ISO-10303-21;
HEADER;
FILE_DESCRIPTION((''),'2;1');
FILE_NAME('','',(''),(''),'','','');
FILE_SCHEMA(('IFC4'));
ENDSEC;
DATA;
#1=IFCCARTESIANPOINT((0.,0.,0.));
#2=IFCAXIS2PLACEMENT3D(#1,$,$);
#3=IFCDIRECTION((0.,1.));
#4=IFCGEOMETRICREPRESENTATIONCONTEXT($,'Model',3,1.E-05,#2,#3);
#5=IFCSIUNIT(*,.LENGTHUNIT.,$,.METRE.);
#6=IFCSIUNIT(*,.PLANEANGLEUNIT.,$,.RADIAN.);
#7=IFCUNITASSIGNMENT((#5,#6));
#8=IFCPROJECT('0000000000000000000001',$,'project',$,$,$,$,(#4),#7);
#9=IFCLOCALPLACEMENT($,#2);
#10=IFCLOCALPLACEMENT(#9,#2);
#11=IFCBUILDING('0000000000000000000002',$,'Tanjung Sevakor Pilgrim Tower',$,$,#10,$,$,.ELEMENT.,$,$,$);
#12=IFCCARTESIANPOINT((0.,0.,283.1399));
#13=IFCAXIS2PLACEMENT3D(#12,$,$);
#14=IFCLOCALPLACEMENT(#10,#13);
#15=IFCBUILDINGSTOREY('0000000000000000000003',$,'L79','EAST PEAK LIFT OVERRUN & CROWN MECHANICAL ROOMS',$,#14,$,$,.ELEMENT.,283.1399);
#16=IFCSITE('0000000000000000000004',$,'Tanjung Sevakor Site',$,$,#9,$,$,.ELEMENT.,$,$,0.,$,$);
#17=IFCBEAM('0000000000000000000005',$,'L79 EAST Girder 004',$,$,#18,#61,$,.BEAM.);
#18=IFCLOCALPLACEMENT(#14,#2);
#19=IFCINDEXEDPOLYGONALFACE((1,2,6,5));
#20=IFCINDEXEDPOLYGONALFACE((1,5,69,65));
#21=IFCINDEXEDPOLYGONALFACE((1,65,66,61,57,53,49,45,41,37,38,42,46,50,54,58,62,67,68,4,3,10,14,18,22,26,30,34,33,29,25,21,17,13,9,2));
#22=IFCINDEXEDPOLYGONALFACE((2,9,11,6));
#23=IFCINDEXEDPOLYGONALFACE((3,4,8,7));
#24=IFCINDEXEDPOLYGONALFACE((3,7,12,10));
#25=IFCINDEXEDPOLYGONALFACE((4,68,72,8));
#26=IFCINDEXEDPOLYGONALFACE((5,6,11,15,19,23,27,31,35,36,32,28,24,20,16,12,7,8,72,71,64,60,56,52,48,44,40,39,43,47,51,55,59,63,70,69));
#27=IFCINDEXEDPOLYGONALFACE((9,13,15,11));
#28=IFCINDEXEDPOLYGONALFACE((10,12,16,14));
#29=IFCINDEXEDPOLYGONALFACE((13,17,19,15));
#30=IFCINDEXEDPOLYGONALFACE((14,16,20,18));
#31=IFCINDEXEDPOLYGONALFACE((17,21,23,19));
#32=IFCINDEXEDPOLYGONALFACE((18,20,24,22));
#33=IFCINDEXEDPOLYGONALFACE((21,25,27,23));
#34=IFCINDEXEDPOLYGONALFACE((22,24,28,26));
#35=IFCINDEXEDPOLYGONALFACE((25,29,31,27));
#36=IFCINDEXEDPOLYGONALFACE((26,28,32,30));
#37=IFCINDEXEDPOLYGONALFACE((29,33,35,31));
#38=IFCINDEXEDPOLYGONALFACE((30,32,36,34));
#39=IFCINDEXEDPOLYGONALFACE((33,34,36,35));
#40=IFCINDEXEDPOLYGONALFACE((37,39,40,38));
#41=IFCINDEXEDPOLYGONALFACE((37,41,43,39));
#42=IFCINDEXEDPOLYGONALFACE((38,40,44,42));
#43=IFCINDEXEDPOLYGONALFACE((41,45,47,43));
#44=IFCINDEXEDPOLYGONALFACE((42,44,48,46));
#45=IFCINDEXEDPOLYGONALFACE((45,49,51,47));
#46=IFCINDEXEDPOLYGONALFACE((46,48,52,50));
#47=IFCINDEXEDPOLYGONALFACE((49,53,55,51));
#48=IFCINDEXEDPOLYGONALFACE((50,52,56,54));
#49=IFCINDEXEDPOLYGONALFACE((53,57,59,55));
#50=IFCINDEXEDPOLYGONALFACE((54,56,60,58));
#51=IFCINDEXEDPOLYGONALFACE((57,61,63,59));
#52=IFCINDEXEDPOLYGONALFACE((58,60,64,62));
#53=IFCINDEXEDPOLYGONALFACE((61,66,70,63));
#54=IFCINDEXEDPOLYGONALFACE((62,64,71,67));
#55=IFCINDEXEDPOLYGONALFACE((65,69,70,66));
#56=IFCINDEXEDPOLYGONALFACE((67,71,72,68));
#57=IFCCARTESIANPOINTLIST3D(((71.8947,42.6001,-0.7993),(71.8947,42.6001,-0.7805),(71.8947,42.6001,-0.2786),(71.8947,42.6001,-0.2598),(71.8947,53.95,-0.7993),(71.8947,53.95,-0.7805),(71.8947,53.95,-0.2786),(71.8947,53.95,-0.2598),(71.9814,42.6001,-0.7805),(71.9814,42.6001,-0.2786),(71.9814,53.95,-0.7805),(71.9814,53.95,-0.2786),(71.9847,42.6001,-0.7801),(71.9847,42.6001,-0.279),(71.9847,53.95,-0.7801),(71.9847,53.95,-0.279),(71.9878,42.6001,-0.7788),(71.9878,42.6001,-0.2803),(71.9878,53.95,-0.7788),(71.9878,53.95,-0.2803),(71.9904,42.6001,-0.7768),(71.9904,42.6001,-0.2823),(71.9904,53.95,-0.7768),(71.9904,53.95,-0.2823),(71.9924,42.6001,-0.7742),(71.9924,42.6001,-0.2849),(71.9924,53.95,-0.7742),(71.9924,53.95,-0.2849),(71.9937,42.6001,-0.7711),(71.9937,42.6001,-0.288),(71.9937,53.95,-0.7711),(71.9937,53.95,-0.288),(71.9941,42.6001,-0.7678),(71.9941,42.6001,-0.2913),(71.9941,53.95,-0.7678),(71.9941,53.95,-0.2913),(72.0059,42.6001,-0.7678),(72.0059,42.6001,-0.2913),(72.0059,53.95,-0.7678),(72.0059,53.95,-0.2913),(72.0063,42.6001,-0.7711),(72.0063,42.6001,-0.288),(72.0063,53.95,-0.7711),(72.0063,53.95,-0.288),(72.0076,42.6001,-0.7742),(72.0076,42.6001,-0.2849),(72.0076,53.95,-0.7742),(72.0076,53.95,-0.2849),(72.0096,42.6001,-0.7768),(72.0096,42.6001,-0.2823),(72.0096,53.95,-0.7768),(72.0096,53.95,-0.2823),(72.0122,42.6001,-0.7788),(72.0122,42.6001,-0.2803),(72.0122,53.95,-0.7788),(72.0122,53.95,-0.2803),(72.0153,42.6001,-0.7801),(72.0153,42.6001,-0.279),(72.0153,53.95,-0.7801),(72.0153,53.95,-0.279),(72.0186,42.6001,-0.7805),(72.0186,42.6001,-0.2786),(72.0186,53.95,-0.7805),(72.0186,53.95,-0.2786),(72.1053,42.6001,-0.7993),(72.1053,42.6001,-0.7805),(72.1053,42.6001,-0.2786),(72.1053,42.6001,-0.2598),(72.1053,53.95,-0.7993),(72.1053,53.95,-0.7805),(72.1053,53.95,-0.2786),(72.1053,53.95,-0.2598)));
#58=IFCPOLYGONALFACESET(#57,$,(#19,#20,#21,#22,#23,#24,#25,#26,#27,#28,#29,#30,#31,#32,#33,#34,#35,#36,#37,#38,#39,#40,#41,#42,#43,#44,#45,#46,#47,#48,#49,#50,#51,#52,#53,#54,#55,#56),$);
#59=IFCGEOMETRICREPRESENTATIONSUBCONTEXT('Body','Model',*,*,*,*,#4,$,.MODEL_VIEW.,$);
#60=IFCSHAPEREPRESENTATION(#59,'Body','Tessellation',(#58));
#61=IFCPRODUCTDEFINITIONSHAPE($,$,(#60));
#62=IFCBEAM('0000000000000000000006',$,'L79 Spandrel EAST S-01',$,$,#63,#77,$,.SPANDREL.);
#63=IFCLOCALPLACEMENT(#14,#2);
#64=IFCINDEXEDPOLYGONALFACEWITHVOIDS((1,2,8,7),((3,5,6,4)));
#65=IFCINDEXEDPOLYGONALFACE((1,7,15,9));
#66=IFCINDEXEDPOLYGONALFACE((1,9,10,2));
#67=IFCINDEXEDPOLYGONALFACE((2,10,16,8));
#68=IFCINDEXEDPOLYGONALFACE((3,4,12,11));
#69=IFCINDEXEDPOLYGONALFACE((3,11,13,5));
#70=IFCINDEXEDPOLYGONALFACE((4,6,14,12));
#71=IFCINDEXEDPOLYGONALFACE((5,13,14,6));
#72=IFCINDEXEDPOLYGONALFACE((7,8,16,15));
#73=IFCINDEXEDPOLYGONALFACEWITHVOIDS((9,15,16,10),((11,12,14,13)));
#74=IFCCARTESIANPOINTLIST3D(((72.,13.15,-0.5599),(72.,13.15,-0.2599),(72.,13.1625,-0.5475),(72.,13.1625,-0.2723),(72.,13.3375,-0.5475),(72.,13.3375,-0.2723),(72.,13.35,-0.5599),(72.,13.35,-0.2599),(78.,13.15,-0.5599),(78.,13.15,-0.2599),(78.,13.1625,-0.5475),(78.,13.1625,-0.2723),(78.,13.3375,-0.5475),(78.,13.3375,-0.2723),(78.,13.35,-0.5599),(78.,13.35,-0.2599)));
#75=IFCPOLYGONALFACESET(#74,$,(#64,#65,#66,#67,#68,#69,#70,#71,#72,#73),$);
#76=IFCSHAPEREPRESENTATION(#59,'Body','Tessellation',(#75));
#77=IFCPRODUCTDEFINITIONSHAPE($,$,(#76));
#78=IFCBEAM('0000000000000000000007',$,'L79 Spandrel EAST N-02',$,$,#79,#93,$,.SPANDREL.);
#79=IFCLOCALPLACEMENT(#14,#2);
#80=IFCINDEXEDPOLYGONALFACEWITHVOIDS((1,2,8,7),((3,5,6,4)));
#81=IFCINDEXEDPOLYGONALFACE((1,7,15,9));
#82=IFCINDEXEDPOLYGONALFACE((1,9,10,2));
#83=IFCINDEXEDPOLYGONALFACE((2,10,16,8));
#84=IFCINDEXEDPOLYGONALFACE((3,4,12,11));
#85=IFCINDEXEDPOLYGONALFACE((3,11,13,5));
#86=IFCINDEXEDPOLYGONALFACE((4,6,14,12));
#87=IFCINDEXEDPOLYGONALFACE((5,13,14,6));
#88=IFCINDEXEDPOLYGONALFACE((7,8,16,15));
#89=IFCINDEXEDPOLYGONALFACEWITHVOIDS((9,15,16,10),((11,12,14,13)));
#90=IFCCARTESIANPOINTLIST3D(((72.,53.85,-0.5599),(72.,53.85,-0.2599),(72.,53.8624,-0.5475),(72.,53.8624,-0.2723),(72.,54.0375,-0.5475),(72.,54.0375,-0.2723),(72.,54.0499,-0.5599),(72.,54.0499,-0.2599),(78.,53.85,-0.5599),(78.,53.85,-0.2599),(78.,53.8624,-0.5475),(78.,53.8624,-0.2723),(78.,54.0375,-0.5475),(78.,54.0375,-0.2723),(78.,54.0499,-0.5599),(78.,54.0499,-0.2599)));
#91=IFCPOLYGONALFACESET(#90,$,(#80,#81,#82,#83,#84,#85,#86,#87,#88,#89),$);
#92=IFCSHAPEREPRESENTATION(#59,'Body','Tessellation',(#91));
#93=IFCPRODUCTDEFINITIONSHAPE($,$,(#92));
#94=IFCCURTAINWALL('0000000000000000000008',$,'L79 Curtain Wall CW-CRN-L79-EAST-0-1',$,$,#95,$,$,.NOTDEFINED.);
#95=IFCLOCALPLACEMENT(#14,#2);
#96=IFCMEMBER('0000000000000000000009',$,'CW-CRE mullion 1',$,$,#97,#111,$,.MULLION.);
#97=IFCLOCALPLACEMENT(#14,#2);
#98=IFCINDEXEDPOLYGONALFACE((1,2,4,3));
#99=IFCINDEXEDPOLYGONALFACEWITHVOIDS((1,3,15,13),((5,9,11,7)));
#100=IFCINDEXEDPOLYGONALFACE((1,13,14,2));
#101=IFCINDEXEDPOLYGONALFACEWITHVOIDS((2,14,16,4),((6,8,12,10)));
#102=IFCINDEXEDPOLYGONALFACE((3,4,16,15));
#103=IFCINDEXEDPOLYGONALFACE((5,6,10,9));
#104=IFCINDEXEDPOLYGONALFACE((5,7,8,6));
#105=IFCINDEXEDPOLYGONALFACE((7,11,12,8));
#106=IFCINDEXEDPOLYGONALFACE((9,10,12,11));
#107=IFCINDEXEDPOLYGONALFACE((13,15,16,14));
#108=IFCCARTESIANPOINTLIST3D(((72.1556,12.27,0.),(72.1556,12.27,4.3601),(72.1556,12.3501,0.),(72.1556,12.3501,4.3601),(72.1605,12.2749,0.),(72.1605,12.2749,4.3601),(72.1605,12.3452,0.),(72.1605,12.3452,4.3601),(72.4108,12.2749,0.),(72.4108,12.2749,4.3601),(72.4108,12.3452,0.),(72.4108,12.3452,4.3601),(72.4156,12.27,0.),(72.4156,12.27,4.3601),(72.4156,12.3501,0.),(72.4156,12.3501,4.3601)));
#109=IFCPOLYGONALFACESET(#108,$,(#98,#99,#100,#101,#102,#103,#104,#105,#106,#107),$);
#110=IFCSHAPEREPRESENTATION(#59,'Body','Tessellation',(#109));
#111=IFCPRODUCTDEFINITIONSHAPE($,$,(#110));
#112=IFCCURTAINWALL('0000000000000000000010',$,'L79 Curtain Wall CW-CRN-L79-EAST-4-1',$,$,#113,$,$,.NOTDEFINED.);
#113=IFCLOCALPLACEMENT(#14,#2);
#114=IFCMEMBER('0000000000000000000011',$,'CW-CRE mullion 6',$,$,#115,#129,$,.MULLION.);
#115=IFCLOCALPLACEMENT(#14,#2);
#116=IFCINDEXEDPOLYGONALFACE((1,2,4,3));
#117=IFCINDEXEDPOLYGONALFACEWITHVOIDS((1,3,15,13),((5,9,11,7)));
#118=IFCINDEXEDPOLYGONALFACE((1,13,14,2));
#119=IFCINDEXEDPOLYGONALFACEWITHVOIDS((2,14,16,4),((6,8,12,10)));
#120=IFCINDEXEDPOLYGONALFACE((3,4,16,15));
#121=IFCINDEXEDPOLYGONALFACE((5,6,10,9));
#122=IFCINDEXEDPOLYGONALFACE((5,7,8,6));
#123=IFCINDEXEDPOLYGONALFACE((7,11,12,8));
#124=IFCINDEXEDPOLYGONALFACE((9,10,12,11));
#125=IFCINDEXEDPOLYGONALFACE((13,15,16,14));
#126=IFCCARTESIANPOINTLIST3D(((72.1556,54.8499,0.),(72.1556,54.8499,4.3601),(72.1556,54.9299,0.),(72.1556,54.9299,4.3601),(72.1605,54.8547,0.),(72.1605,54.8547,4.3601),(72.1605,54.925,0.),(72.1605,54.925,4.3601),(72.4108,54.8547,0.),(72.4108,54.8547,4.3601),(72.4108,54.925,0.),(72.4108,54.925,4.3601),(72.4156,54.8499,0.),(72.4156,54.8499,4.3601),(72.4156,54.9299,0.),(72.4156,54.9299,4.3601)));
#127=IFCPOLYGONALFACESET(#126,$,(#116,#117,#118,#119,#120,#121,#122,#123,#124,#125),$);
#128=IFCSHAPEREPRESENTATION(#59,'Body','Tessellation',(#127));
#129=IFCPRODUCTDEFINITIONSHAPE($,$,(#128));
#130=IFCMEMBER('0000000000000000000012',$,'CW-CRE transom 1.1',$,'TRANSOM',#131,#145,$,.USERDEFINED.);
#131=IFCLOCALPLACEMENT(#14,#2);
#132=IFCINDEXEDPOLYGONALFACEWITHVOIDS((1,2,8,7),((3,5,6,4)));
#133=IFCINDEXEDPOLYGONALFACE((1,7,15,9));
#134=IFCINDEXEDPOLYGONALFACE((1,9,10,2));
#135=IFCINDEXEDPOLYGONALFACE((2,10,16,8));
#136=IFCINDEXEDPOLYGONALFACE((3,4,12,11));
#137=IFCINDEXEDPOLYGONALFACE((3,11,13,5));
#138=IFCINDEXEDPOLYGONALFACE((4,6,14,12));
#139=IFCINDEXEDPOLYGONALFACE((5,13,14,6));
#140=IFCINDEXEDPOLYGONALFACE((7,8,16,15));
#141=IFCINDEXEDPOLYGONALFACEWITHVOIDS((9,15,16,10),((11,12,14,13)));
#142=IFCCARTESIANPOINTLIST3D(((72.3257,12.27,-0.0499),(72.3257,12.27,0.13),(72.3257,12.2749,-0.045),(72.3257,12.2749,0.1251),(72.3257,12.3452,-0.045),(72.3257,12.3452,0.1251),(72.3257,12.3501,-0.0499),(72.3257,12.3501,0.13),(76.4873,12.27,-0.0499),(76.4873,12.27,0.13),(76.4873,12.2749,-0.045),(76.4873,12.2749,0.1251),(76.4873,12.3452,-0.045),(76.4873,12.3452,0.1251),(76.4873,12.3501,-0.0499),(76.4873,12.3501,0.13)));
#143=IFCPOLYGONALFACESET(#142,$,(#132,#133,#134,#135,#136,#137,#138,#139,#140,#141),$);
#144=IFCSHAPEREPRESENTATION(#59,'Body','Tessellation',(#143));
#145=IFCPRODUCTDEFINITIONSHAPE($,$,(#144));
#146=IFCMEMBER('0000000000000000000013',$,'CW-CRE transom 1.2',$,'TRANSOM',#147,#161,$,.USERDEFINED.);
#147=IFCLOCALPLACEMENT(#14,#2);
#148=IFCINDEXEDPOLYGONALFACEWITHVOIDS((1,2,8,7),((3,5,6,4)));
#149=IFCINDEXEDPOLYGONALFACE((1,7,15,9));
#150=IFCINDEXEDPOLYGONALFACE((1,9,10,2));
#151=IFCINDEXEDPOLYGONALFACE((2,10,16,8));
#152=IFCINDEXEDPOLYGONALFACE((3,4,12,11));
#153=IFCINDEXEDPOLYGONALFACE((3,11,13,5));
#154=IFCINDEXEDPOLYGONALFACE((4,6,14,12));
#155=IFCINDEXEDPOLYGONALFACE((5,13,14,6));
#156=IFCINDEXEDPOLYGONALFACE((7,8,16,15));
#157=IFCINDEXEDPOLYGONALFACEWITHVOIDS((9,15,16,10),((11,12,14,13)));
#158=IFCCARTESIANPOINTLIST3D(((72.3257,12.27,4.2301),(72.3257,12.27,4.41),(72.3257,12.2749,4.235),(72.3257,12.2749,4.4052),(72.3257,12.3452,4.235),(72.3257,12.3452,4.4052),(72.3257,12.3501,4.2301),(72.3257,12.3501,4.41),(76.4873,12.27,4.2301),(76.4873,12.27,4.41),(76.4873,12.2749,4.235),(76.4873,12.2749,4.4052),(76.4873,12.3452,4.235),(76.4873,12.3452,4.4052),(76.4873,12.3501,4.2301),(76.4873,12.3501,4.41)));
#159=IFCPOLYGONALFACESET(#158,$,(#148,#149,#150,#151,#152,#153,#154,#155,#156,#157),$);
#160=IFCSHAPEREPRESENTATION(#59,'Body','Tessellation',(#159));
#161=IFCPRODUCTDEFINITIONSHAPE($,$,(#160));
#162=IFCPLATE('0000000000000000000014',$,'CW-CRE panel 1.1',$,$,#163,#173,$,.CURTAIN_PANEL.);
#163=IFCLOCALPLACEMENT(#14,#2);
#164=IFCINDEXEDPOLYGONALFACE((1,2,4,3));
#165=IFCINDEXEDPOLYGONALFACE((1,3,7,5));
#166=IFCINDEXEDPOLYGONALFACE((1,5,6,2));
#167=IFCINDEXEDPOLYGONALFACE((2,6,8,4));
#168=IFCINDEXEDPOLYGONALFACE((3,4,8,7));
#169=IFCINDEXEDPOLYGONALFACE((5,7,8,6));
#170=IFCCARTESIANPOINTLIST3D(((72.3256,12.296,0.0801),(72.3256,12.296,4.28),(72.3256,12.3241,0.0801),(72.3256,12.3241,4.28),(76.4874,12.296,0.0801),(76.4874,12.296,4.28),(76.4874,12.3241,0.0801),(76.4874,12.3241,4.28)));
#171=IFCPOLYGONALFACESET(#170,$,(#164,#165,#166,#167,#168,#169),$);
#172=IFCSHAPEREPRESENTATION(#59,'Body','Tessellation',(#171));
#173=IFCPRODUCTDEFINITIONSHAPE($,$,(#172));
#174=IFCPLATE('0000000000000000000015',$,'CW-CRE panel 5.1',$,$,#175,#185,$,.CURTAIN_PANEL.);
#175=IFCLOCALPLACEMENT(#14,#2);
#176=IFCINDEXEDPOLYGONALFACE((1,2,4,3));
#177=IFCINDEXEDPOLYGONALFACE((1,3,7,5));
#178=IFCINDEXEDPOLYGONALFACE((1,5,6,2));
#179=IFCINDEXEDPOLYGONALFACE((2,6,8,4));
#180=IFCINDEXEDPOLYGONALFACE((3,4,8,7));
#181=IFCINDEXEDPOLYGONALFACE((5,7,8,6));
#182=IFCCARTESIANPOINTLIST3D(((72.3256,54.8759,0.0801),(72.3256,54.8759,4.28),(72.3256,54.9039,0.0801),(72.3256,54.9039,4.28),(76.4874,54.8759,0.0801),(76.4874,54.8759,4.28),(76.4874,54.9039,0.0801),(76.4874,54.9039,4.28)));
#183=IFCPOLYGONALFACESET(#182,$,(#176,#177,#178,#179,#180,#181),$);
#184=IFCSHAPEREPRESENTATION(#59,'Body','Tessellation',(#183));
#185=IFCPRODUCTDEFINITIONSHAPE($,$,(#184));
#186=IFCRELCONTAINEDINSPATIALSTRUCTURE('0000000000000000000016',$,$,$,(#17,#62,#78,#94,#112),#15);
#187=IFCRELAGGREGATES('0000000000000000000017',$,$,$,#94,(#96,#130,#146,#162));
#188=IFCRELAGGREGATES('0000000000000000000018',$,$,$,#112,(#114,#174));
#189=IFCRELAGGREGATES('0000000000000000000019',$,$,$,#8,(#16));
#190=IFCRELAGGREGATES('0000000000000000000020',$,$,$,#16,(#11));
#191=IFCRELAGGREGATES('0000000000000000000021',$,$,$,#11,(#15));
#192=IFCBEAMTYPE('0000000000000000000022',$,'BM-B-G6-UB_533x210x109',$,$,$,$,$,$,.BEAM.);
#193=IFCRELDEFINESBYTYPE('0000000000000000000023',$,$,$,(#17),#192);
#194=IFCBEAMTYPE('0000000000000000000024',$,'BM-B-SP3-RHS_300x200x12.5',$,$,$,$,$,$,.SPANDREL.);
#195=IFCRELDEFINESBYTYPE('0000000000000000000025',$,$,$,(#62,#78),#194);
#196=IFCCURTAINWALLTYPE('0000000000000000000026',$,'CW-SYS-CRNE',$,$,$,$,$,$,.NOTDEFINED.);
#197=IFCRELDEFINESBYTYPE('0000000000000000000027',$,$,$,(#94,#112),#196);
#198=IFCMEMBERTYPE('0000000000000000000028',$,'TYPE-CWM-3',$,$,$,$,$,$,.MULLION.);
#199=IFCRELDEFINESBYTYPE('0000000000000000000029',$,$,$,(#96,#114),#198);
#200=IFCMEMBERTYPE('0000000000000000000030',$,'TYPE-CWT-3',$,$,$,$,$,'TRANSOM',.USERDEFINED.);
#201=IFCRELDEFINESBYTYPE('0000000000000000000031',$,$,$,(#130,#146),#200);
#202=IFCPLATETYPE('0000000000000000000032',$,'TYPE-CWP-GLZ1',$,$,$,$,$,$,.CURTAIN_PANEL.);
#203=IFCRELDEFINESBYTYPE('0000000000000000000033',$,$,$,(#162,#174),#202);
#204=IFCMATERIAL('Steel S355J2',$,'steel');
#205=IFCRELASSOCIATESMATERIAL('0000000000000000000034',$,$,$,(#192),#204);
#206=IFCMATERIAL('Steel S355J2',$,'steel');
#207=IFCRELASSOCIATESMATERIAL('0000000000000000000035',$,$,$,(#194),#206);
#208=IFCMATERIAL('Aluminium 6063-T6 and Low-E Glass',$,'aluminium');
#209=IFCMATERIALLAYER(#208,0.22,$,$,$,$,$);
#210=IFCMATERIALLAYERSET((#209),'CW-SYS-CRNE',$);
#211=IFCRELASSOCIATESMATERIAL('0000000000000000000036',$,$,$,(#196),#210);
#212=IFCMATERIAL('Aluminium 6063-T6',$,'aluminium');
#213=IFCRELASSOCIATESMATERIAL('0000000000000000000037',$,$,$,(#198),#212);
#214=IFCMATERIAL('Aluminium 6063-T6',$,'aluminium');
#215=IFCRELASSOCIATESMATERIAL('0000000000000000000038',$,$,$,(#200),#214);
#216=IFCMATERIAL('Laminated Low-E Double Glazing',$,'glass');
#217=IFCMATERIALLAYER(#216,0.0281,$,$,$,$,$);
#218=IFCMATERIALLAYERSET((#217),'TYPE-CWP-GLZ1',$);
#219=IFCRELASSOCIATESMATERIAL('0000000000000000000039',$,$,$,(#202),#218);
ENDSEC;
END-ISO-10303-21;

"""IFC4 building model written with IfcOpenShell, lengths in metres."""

from ifc_helpers import new_model, si_unit, direction, frame, origin, origin_2d, place, context, subcontext, project, spatial, rectangle, hollow_rectangle, i_section, extrude, material, layer, layer_set, material_profile, profile_set, type_object, element, aggregate, save


model = new_model("IFC4")

# Units and contexts
model_context = context("Model", 3, precision=1e-05, world=origin(), true_north=direction((0.0, 1.0)))
body_context = subcontext(model_context, "Body", "Model", "MODEL_VIEW")
ifc_project = project(units=[si_unit("LENGTHUNIT", "METRE"), si_unit("PLANEANGLEUNIT", "RADIAN")], contexts=[model_context])

# Site, building, storey
site_placement = place(None, origin())
site = spatial("IfcSite", under=ifc_project, at=site_placement, Name="Tanjung Sevakor Site", CompositionType="ELEMENT", RefElevation=0.0)
building_placement = place(site_placement, origin())
building = spatial("IfcBuilding", under=site, at=building_placement, Name="Tanjung Sevakor Pilgrim Tower", CompositionType="ELEMENT")
storey_placement = place(building_placement, frame((0.0, 0.0, 283.1399)))
storey = spatial("IfcBuildingStorey", under=building, at=storey_placement, Name="L79", Description="EAST PEAK LIFT OVERRUN & CROWN MECHANICAL ROOMS", CompositionType="ELEMENT", Elevation=283.1399)

# Beams
ifc_material_1 = material(Name="Steel S355J2", Category="steel")
ifc_material_profile_1 = material_profile(ifc_material_1, i_section(OverallWidth=0.2107, OverallDepth=0.5396, WebThickness=0.0117, FlangeThickness=0.0188, FilletRadius=0.0127, at=origin_2d()))
ifc_profile_set_1 = profile_set([ifc_material_profile_1], Name="Steel S355J2")
beam_type_1 = type_object("IfcBeamType", Name="BM-B-G6-UB_533x210x109", PredefinedType="BEAM", material=ifc_profile_set_1)
beam_1_placement = place(storey_placement, frame((72.0, 42.6001, -0.5295), z_axis=(0.0, 1.0, 0.0), x_axis=(-1.0, 0.0, 0.0)))
element("IfcBeam", 1, at=beam_1_placement, inside=storey, type_object=beam_type_1, Name="L79 EAST Girder 004", PredefinedType="BEAM", context=body_context, shape_type="SweptSolid", body=[
    extrude(i_section(OverallWidth=0.2107, OverallDepth=0.5396, WebThickness=0.0117, FlangeThickness=0.0188, FilletRadius=0.0127, at=origin_2d()), origin(), (0.0, 0.0, 1.0), 11.3499),
])
ifc_material_2 = material(Name="Steel S355J2", Category="steel")
ifc_material_profile_2 = material_profile(ifc_material_2, hollow_rectangle(XDim=0.2, YDim=0.3, WallThickness=0.0125, at=origin_2d()))
ifc_profile_set_2 = profile_set([ifc_material_profile_2], Name="Steel S355J2")
beam_type_2 = type_object("IfcBeamType", Name="BM-B-SP3-RHS_300x200x12.5", PredefinedType="SPANDREL", material=ifc_profile_set_2)
for number, where, z_axis, x_axis, name in (
    (2, (72.0, 13.25, -0.4099), (1.0, 0.0, 0.0), (0.0, 1.0, 0.0), "L79 Spandrel EAST S-01"),
    (3, (72.0, 53.95, -0.4099), (1.0, 0.0, 0.0), (0.0, 1.0, 0.0), "L79 Spandrel EAST N-02"),
):
    element("IfcBeam", number, at=place(storey_placement, frame(where, z_axis=z_axis, x_axis=x_axis)), inside=storey, type_object=beam_type_2, Name=name, PredefinedType="SPANDREL", context=body_context, shape_type="SweptSolid", body=[
        extrude(hollow_rectangle(XDim=0.2, YDim=0.3, WallThickness=0.0125, at=origin_2d()), origin(), (0.0, 0.0, 1.0), 6.0),
    ])

# Curtain walls, members
ifc_material_3 = material(Name="Aluminium 6063-T6 and Low-E Glass", Category="aluminium")
ifc_layer_1 = layer(ifc_material_3, 0.22)
ifc_layer_set_1 = layer_set([ifc_layer_1], Name="CW-SYS-CRNE")
curtain_wall_type = type_object("IfcCurtainWallType", Name="CW-SYS-CRNE", PredefinedType="NOTDEFINED", material=ifc_layer_set_1)
curtain_wall_1_placement = place(storey_placement, origin())
curtain_wall_1 = element("IfcCurtainWall", 4, at=curtain_wall_1_placement, inside=storey, type_object=curtain_wall_type, Name="L79 Curtain Wall CW-CRN-L79-EAST-0-1", PredefinedType="NOTDEFINED")
ifc_material_4 = material(Name="Aluminium 6063-T6", Category="aluminium")
ifc_material_profile_3 = material_profile(ifc_material_4, hollow_rectangle(XDim=0.0801, YDim=0.26, WallThickness=0.0049, at=origin_2d()))
ifc_profile_set_3 = profile_set([ifc_material_profile_3], Name="Aluminium 6063-T6")
member_type_1 = type_object("IfcMemberType", Name="TYPE-CWM-3", PredefinedType="MULLION", material=ifc_profile_set_3)
member_1_placement = place(storey_placement, frame((72.2856, 12.3101, 0.0), z_axis=(0.0, 0.0, 1.0), x_axis=(0.0, 1.0, 0.0)))
member_1 = element("IfcMember", 5, at=member_1_placement, type_object=member_type_1, Name="CW-CRE mullion 1", PredefinedType="MULLION", context=body_context, shape_type="SweptSolid", body=[
    extrude(hollow_rectangle(XDim=0.0801, YDim=0.26, WallThickness=0.0049, at=origin_2d()), origin(), (0.0, 0.0, 1.0), 4.3601),
])
curtain_wall_2_placement = place(storey_placement, origin())
curtain_wall_2 = element("IfcCurtainWall", 6, at=curtain_wall_2_placement, inside=storey, type_object=curtain_wall_type, Name="L79 Curtain Wall CW-CRN-L79-EAST-4-1", PredefinedType="NOTDEFINED")
member_2_placement = place(storey_placement, frame((72.2856, 54.8899, 0.0), z_axis=(0.0, 0.0, 1.0), x_axis=(0.0, -1.0, 0.0)))
member_2 = element("IfcMember", 7, at=member_2_placement, type_object=member_type_1, Name="CW-CRE mullion 6", PredefinedType="MULLION", context=body_context, shape_type="SweptSolid", body=[
    extrude(hollow_rectangle(XDim=0.0801, YDim=0.26, WallThickness=0.0049, at=origin_2d()), origin(), (0.0, 0.0, 1.0), 4.3601),
])

# Members
ifc_material_5 = material(Name="Aluminium 6063-T6", Category="aluminium")
ifc_material_profile_4 = material_profile(ifc_material_5, hollow_rectangle(XDim=0.0801, YDim=0.1799, WallThickness=0.0049, at=origin_2d()))
ifc_profile_set_4 = profile_set([ifc_material_profile_4], Name="Aluminium 6063-T6")
member_type_2 = type_object("IfcMemberType", Name="TYPE-CWT-3", ElementType="TRANSOM", PredefinedType="USERDEFINED", material=ifc_profile_set_4)
member_3_placement = place(storey_placement, frame((72.3257, 12.3101, 0.04), z_axis=(1.0, 0.0, 0.0), x_axis=(0.0, 1.0, 0.0)))
member_3 = element("IfcMember", 8, at=member_3_placement, type_object=member_type_2, Name="CW-CRE transom 1.1", ObjectType="TRANSOM", PredefinedType="USERDEFINED", context=body_context, shape_type="SweptSolid", body=[
    extrude(hollow_rectangle(XDim=0.0801, YDim=0.1799, WallThickness=0.0049, at=origin_2d()), origin(), (0.0, 0.0, 1.0), 4.1616),
])
member_4_placement = place(storey_placement, frame((72.3257, 12.3101, 4.3201), z_axis=(1.0, 0.0, 0.0), x_axis=(0.0, 1.0, 0.0)))
member_4 = element("IfcMember", 9, at=member_4_placement, type_object=member_type_2, Name="CW-CRE transom 1.2", ObjectType="TRANSOM", PredefinedType="USERDEFINED", context=body_context, shape_type="SweptSolid", body=[
    extrude(hollow_rectangle(XDim=0.0801, YDim=0.1799, WallThickness=0.0049, at=origin_2d()), origin(), (0.0, 0.0, 1.0), 4.1616),
])

# Plates
ifc_material_6 = material(Name="Laminated Low-E Double Glazing", Category="glass")
ifc_layer_2 = layer(ifc_material_6, 0.0281)
ifc_layer_set_2 = layer_set([ifc_layer_2], Name="TYPE-CWP-GLZ1")
plate_type = type_object("IfcPlateType", Name="TYPE-CWP-GLZ1", PredefinedType="CURTAIN_PANEL", material=ifc_layer_set_2)
plate_1_placement = place(storey_placement, frame((74.4065, 12.3101, 0.0801), z_axis=(0.0, 0.0, 1.0), x_axis=(1.0, 0.0, 0.0)))
plate_1 = element("IfcPlate", 10, at=plate_1_placement, type_object=plate_type, Name="CW-CRE panel 1.1", PredefinedType="CURTAIN_PANEL", context=body_context, shape_type="SweptSolid", body=[
    extrude(rectangle(XDim=4.1619, YDim=0.0281, at=origin_2d()), origin(), (0.0, 0.0, 1.0), 4.2),
])
aggregate(curtain_wall_1, [member_1, member_3, member_4, plate_1])
plate_2_placement = place(storey_placement, frame((74.4065, 54.8899, 0.0801), z_axis=(0.0, 0.0, 1.0), x_axis=(-1.0, 0.0, 0.0)))
plate_2 = element("IfcPlate", 11, at=plate_2_placement, type_object=plate_type, Name="CW-CRE panel 5.1", PredefinedType="CURTAIN_PANEL", context=body_context, shape_type="SweptSolid", body=[
    extrude(rectangle(XDim=4.1619, YDim=0.0281, at=origin_2d()), origin(), (0.0, 0.0, 1.0), 4.2),
])
aggregate(curtain_wall_2, [member_2, plate_2])

save(model, "model.ifc")
